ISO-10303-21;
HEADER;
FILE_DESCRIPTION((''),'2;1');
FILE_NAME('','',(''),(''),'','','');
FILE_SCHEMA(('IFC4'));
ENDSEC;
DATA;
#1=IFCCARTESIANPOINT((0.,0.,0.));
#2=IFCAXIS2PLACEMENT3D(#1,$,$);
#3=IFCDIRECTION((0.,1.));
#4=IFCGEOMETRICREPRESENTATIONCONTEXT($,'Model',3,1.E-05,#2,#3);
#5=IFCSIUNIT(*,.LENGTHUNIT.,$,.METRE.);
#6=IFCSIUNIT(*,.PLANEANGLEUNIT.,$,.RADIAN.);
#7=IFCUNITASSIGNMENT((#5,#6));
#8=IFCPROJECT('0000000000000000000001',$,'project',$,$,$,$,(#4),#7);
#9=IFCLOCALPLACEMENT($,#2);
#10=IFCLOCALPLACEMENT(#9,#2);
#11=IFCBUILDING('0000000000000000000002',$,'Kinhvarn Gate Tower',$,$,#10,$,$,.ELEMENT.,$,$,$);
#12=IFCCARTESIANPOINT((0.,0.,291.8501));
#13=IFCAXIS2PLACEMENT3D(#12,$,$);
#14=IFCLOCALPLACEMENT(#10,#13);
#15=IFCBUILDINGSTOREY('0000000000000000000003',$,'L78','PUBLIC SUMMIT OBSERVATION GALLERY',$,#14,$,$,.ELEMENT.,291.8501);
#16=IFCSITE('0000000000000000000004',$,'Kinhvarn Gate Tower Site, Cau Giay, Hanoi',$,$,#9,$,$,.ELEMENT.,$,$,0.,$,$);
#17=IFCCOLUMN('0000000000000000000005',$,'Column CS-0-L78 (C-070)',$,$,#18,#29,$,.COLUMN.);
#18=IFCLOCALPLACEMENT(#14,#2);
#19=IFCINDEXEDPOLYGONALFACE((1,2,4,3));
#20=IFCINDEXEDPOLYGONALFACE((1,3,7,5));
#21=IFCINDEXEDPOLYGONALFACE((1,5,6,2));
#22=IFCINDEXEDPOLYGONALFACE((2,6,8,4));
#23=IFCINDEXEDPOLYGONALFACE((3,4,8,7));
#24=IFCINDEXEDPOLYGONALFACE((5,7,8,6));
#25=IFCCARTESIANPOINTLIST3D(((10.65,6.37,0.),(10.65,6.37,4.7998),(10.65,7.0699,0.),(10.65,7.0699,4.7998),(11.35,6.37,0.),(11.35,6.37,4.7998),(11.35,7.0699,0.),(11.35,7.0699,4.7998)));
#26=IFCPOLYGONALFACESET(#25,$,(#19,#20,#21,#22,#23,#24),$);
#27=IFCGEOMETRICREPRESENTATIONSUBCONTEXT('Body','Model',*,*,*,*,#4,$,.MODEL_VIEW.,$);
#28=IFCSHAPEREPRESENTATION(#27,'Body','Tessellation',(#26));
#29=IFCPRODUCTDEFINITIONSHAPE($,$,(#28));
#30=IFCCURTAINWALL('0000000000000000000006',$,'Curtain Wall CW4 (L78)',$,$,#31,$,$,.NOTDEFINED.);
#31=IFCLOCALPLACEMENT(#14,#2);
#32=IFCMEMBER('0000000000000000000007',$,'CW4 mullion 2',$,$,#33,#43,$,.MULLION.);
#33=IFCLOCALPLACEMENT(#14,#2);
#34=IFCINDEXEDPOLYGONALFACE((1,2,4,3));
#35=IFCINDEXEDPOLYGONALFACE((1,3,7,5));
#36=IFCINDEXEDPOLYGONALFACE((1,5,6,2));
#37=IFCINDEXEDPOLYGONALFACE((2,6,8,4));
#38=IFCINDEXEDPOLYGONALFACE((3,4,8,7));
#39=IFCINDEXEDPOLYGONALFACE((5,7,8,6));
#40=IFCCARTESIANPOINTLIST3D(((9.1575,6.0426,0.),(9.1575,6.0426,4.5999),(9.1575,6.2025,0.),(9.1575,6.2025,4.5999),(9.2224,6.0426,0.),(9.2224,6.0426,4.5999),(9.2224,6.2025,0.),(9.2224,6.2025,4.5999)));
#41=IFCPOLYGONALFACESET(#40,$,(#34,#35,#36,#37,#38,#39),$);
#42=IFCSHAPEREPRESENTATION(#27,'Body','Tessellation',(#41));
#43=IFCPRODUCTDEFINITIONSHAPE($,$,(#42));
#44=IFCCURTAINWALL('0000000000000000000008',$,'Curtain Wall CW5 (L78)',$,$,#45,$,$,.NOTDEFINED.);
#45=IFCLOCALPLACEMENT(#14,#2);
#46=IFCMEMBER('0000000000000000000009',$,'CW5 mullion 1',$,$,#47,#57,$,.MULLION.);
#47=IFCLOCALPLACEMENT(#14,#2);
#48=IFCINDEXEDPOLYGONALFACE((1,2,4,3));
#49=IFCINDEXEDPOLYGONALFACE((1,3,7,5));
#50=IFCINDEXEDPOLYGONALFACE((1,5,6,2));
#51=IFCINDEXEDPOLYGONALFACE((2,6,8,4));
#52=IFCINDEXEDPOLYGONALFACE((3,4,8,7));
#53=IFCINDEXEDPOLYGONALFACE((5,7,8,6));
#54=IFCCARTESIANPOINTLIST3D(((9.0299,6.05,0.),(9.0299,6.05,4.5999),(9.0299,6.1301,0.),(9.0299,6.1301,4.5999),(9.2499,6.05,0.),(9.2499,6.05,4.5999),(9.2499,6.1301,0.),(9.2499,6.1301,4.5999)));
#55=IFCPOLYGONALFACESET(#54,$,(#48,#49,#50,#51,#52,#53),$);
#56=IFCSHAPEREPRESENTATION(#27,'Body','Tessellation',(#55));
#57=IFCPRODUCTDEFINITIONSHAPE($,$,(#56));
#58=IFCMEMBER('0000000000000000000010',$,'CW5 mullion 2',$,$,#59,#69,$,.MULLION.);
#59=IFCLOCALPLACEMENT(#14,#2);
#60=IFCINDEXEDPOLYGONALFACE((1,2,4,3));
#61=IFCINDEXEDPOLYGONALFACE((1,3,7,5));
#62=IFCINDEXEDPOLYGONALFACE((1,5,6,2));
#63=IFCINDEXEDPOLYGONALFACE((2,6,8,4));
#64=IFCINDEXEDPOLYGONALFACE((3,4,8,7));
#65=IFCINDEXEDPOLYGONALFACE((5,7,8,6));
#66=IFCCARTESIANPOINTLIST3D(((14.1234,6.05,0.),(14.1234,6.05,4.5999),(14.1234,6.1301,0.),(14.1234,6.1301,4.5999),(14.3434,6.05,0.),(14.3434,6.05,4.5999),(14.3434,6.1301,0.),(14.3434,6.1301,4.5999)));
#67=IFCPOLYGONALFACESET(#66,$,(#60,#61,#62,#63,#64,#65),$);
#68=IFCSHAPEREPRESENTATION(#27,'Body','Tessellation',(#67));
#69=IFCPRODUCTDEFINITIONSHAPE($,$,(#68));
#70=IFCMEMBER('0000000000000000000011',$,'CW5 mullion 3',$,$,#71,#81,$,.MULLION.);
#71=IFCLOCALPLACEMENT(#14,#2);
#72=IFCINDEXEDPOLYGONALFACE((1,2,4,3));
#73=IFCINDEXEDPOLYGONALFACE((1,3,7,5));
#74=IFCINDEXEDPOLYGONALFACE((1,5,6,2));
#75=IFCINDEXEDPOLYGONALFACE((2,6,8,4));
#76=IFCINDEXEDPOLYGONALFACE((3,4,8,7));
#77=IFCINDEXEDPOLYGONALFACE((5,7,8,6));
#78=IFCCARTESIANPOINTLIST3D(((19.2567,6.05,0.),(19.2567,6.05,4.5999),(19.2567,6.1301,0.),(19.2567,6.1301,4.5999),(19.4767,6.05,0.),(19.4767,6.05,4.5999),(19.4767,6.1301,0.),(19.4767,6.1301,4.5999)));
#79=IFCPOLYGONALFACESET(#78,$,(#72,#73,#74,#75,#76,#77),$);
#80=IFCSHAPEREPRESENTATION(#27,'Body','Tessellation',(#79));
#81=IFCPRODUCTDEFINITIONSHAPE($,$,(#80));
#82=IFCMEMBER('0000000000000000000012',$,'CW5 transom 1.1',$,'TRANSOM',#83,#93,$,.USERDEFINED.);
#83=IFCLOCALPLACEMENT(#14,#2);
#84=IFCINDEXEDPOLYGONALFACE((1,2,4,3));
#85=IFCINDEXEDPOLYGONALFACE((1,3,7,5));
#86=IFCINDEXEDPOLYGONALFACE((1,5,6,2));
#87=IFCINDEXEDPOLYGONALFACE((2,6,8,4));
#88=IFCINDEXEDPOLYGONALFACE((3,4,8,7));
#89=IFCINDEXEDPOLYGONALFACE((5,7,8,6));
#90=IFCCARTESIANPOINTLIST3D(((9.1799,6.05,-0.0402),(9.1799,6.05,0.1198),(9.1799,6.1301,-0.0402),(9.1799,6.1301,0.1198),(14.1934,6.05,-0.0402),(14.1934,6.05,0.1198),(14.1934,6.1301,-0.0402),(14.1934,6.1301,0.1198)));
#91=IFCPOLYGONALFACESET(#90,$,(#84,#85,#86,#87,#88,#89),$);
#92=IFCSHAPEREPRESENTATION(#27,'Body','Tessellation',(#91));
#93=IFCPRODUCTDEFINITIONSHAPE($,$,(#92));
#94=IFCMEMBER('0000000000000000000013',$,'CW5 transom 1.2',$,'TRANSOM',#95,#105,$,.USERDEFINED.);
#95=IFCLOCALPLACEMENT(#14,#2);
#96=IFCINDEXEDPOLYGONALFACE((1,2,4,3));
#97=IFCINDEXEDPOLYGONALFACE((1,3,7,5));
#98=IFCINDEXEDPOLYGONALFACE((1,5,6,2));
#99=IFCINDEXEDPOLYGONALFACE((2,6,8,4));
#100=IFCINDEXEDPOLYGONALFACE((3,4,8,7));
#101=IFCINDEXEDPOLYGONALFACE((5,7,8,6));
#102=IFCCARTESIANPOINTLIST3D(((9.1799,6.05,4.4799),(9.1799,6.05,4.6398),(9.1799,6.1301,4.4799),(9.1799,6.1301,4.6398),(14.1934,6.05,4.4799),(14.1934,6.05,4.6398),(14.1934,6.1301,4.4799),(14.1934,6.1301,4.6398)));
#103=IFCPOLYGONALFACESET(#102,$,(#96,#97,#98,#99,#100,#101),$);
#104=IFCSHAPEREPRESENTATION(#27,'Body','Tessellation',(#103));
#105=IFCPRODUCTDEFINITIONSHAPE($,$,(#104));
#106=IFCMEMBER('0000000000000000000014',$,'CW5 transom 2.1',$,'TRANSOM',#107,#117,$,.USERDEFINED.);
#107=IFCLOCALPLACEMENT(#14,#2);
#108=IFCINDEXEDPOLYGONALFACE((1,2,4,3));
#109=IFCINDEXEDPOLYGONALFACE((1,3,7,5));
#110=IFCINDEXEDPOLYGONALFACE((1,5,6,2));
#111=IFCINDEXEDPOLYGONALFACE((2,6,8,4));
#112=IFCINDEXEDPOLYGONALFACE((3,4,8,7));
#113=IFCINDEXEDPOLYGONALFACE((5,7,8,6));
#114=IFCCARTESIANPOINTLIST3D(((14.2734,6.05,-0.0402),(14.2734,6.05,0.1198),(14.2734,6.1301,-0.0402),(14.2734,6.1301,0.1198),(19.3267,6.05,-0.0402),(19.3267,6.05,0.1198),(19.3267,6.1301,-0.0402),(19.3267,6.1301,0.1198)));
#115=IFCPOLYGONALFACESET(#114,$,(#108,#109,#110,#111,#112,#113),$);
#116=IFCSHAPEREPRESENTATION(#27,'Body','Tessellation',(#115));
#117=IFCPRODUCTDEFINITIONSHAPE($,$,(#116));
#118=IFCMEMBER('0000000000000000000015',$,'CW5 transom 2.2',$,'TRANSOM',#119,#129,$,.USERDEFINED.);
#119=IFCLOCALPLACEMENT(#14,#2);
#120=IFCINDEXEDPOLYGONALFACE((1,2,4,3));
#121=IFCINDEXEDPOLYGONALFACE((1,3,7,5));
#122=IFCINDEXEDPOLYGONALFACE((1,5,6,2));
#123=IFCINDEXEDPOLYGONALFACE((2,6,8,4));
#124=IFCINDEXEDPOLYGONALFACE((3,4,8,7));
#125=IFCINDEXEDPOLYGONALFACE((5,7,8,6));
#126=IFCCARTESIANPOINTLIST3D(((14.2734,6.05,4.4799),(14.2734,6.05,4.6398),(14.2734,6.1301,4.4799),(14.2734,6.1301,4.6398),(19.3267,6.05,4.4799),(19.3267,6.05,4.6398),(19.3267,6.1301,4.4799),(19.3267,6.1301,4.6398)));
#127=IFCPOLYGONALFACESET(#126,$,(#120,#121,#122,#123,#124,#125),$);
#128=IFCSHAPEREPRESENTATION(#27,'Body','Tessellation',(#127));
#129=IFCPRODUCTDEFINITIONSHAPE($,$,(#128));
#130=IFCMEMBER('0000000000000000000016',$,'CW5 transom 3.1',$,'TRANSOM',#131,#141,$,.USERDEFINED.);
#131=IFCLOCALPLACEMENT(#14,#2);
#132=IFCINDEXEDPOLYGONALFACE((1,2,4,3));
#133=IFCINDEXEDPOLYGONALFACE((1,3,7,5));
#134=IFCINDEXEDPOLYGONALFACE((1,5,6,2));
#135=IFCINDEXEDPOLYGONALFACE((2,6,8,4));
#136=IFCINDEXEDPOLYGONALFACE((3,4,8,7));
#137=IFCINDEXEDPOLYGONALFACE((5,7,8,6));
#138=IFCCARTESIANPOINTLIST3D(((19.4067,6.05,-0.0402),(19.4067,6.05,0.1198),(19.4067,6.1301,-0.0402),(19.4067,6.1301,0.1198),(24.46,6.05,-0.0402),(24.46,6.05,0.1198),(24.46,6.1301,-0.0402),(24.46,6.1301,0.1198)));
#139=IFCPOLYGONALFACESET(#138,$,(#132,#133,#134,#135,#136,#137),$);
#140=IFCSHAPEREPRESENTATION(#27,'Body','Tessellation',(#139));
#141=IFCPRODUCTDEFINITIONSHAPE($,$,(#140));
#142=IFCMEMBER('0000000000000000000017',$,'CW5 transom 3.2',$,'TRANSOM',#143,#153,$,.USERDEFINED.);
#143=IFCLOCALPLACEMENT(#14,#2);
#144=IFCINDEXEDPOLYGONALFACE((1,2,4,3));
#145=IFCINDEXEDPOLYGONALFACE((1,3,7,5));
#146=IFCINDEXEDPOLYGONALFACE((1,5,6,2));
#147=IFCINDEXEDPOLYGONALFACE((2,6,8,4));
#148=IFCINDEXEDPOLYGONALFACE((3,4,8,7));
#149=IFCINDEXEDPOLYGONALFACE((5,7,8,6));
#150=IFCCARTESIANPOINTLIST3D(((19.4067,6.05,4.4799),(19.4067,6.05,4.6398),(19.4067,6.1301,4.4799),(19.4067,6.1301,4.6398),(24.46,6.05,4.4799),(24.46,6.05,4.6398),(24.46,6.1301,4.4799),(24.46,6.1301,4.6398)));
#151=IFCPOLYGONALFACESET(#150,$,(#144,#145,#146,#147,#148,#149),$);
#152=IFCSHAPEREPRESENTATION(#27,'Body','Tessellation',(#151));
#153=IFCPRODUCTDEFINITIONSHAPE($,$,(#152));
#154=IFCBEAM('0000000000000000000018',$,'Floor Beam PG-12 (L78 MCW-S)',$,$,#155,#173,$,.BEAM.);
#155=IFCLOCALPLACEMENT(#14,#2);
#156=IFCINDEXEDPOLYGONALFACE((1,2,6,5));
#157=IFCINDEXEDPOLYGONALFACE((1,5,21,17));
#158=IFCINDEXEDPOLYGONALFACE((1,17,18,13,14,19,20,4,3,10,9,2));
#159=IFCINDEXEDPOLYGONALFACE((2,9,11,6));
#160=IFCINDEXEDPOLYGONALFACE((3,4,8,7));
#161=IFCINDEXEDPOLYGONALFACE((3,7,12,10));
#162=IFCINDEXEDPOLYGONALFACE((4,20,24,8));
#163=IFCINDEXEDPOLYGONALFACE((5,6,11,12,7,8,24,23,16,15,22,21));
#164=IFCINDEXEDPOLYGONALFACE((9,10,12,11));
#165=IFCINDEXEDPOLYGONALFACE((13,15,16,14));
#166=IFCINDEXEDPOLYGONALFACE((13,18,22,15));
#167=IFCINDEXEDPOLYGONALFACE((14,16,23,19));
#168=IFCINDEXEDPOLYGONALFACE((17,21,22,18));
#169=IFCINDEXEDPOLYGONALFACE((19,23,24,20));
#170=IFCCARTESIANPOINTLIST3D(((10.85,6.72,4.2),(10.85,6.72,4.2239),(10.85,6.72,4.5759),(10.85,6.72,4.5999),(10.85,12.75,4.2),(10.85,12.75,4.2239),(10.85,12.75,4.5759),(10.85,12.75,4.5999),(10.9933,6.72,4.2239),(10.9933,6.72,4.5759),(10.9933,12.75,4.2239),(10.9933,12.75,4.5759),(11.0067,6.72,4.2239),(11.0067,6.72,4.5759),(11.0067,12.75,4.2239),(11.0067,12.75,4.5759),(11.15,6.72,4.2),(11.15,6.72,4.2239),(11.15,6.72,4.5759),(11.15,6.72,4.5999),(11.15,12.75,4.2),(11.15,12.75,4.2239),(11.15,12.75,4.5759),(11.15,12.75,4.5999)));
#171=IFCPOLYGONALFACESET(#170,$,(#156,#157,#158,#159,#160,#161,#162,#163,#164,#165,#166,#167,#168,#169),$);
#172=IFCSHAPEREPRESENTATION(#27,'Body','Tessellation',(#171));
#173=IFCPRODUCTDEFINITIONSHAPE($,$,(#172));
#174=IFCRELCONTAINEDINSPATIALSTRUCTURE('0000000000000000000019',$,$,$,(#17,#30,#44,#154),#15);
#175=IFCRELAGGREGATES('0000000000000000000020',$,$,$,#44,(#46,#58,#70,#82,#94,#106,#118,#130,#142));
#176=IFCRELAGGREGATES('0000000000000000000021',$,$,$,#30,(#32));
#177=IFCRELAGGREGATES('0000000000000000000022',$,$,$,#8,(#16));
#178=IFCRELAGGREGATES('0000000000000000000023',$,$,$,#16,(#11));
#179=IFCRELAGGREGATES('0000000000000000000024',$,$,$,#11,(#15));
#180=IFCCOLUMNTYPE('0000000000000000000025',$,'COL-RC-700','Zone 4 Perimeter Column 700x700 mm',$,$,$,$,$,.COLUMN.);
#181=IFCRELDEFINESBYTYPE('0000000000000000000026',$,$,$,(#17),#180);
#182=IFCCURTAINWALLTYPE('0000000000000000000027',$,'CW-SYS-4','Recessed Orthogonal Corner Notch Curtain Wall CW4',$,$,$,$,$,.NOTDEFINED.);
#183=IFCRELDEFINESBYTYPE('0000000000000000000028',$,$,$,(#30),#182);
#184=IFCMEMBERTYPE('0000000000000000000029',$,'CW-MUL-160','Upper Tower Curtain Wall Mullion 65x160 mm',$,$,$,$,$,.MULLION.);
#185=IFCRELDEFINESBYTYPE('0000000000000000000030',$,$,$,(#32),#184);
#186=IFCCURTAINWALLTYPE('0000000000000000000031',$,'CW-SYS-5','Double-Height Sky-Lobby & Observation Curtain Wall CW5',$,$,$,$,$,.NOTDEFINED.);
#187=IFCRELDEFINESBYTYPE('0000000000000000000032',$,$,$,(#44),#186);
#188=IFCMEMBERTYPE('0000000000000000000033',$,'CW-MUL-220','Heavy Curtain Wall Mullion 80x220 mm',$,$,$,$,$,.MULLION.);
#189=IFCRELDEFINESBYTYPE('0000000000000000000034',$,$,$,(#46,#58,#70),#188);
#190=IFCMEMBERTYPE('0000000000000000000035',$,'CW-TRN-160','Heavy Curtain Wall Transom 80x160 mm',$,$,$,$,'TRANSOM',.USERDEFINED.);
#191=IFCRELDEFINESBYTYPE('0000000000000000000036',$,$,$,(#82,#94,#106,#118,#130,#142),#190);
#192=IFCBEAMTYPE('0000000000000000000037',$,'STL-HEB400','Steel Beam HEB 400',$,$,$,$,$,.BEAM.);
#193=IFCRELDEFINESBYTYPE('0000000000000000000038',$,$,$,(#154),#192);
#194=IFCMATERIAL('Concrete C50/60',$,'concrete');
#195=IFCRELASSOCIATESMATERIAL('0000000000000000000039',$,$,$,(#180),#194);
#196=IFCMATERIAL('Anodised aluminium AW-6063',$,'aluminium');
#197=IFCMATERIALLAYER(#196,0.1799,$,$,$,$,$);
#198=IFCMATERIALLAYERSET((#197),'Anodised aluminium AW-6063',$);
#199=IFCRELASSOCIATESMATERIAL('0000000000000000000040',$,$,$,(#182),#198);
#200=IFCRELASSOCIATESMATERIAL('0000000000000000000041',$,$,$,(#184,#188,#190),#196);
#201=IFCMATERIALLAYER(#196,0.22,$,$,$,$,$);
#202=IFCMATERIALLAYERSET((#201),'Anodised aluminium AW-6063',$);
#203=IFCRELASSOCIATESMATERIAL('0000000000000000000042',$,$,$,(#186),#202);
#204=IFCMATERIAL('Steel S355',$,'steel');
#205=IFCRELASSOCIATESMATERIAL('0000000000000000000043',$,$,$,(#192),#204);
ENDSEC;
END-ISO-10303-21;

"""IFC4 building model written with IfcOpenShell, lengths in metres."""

from ifc_helpers import new_model, si_unit, direction, frame, origin, origin_2d, place, context, subcontext, project, spatial, rectangle, i_section, extrude, material, layer, layer_set, material_profile, profile_set, type_object, element, aggregate, save


model = new_model("IFC4")

# Units and contexts
model_context = context("Model", 3, precision=1e-05, world=origin(), true_north=direction((0.0, 1.0)))
body_context = subcontext(model_context, "Body", "Model", "MODEL_VIEW")
ifc_project = project(units=[si_unit("LENGTHUNIT", "METRE"), si_unit("PLANEANGLEUNIT", "RADIAN")], contexts=[model_context])

# Site, building, storey
site_placement = place(None, origin())
site = spatial("IfcSite", under=ifc_project, at=site_placement, Name="Kinhvarn Gate Tower Site, Cau Giay, Hanoi", CompositionType="ELEMENT", RefElevation=0.0)
building_placement = place(site_placement, origin())
building = spatial("IfcBuilding", under=site, at=building_placement, Name="Kinhvarn Gate Tower", CompositionType="ELEMENT")
storey_placement = place(building_placement, frame((0.0, 0.0, 291.8501)))
storey = spatial("IfcBuildingStorey", under=building, at=storey_placement, Name="L78", Description="PUBLIC SUMMIT OBSERVATION GALLERY", CompositionType="ELEMENT", Elevation=291.8501)

# Column
ifc_material_1 = material(Name="Concrete C50/60", Category="concrete")
ifc_material_profile_1 = material_profile(ifc_material_1, rectangle(XDim=0.7, YDim=0.7, at=origin_2d()), Name="RC 700x700")
ifc_profile_set_1 = profile_set([ifc_material_profile_1], Name="Concrete C50/60")
column_type = type_object("IfcColumnType", Name="COL-RC-700", Description="Zone 4 Perimeter Column 700x700 mm", PredefinedType="COLUMN", material=ifc_profile_set_1)
column_placement = place(storey_placement, frame((11.0, 6.72, 0.0), z_axis=(0.0, 0.0, 1.0), x_axis=(1.0, 0.0, 0.0)))
element("IfcColumn", 1, at=column_placement, inside=storey, type_object=column_type, Name="Column CS-0-L78 (C-070)", PredefinedType="COLUMN", context=body_context, shape_type="SweptSolid", body=[
    extrude(rectangle(XDim=0.7, YDim=0.7, at=origin_2d()), origin(), (0.0, 0.0, 1.0), 4.7998),
])

# Curtain wall, member
ifc_material_2 = material(Name="Anodised aluminium AW-6063", Category="aluminium")
ifc_layer_1 = layer(ifc_material_2, 0.1799)
ifc_layer_set_1 = layer_set([ifc_layer_1], Name="Anodised aluminium AW-6063")
curtain_wall_type_1 = type_object("IfcCurtainWallType", Name="CW-SYS-4", Description="Recessed Orthogonal Corner Notch Curtain Wall CW4", PredefinedType="NOTDEFINED", material=ifc_layer_set_1)
curtain_wall_1_placement = place(storey_placement, origin())
curtain_wall_1 = element("IfcCurtainWall", 2, at=curtain_wall_1_placement, inside=storey, type_object=curtain_wall_type_1, Name="Curtain Wall CW4 (L78)", PredefinedType="NOTDEFINED")
ifc_material_profile_2 = material_profile(ifc_material_2, rectangle(XDim=0.0649, YDim=0.1599, at=origin_2d()), Name="ALU 65x160")
ifc_profile_set_2 = profile_set([ifc_material_profile_2], Name="Anodised aluminium AW-6063")
member_type_1 = type_object("IfcMemberType", Name="CW-MUL-160", Description="Upper Tower Curtain Wall Mullion 65x160 mm", PredefinedType="MULLION", material=ifc_profile_set_2)
member_1_placement = place(storey_placement, frame((9.1899, 6.1226, 0.0), z_axis=(0.0, 0.0, 1.0), x_axis=(1.0, 0.0, 0.0)))
member_1 = element("IfcMember", 3, at=member_1_placement, type_object=member_type_1, Name="CW4 mullion 2", PredefinedType="MULLION", context=body_context, shape_type="SweptSolid", body=[
    extrude(rectangle(XDim=0.0649, YDim=0.1599, at=origin_2d()), origin(), (0.0, 0.0, 1.0), 4.5999),
])

# Curtain wall, members
ifc_layer_2 = layer(ifc_material_2, 0.22)
ifc_layer_set_2 = layer_set([ifc_layer_2], Name="Anodised aluminium AW-6063")
curtain_wall_type_2 = type_object("IfcCurtainWallType", Name="CW-SYS-5", Description="Double-Height Sky-Lobby & Observation Curtain Wall CW5", PredefinedType="NOTDEFINED", material=ifc_layer_set_2)
curtain_wall_2_placement = place(storey_placement, origin())
curtain_wall_2 = element("IfcCurtainWall", 4, at=curtain_wall_2_placement, inside=storey, type_object=curtain_wall_type_2, Name="Curtain Wall CW5 (L78)", PredefinedType="NOTDEFINED")
ifc_material_profile_3 = material_profile(ifc_material_2, rectangle(XDim=0.0801, YDim=0.22, at=origin_2d()), Name="ALU 80x220")
ifc_profile_set_3 = profile_set([ifc_material_profile_3], Name="Anodised aluminium AW-6063")
member_type_2 = type_object("IfcMemberType", Name="CW-MUL-220", Description="Heavy Curtain Wall Mullion 80x220 mm", PredefinedType="MULLION", material=ifc_profile_set_3)
member_2_placement = place(storey_placement, frame((9.1399, 6.0901, 0.0), z_axis=(0.0, 0.0, 1.0), x_axis=(0.0, 1.0, 0.0)))
member_2 = element("IfcMember", 5, at=member_2_placement, type_object=member_type_2, Name="CW5 mullion 1", PredefinedType="MULLION", context=body_context, shape_type="SweptSolid", body=[
    extrude(rectangle(XDim=0.0801, YDim=0.22, at=origin_2d()), origin(), (0.0, 0.0, 1.0), 4.5999),
])
member_3_placement = place(storey_placement, frame((14.2334, 6.0901, 0.0), z_axis=(0.0, 0.0, 1.0), x_axis=(0.0, 1.0, 0.0)))
member_3 = element("IfcMember", 6, at=member_3_placement, type_object=member_type_2, Name="CW5 mullion 2", PredefinedType="MULLION", context=body_context, shape_type="SweptSolid", body=[
    extrude(rectangle(XDim=0.0801, YDim=0.22, at=origin_2d()), origin(), (0.0, 0.0, 1.0), 4.5999),
])
member_4_placement = place(storey_placement, frame((19.3667, 6.0901, 0.0), z_axis=(0.0, 0.0, 1.0), x_axis=(0.0, 1.0, 0.0)))
member_4 = element("IfcMember", 7, at=member_4_placement, type_object=member_type_2, Name="CW5 mullion 3", PredefinedType="MULLION", context=body_context, shape_type="SweptSolid", body=[
    extrude(rectangle(XDim=0.0801, YDim=0.22, at=origin_2d()), origin(), (0.0, 0.0, 1.0), 4.5999),
])
ifc_material_profile_4 = material_profile(ifc_material_2, rectangle(XDim=0.0801, YDim=0.1599, at=origin_2d()), Name="ALU 80x160")
ifc_profile_set_4 = profile_set([ifc_material_profile_4], Name="Anodised aluminium AW-6063")
member_type_3 = type_object("IfcMemberType", Name="CW-TRN-160", Description="Heavy Curtain Wall Transom 80x160 mm", ElementType="TRANSOM", PredefinedType="USERDEFINED", material=ifc_profile_set_4)
member_5_placement = place(storey_placement, frame((9.1799, 6.0901, 0.0398), z_axis=(1.0, 0.0, 0.0), x_axis=(0.0, 1.0, 0.0)))
member_5 = element("IfcMember", 8, at=member_5_placement, type_object=member_type_3, Name="CW5 transom 1.1", ObjectType="TRANSOM", PredefinedType="USERDEFINED", context=body_context, shape_type="SweptSolid", body=[
    extrude(rectangle(XDim=0.0801, YDim=0.1599, at=origin_2d()), origin(), (0.0, 0.0, 1.0), 5.0134),
])
member_6_placement = place(storey_placement, frame((9.1799, 6.0901, 4.5598), z_axis=(1.0, 0.0, 0.0), x_axis=(0.0, 1.0, 0.0)))
member_6 = element("IfcMember", 9, at=member_6_placement, type_object=member_type_3, Name="CW5 transom 1.2", ObjectType="TRANSOM", PredefinedType="USERDEFINED", context=body_context, shape_type="SweptSolid", body=[
    extrude(rectangle(XDim=0.0801, YDim=0.1599, at=origin_2d()), origin(), (0.0, 0.0, 1.0), 5.0134),
])
member_7_placement = place(storey_placement, frame((14.2734, 6.0901, 0.0398), z_axis=(1.0, 0.0, 0.0), x_axis=(0.0, 1.0, 0.0)))
member_7 = element("IfcMember", 10, at=member_7_placement, type_object=member_type_3, Name="CW5 transom 2.1", ObjectType="TRANSOM", PredefinedType="USERDEFINED", context=body_context, shape_type="SweptSolid", body=[
    extrude(rectangle(XDim=0.0801, YDim=0.1599, at=origin_2d()), origin(), (0.0, 0.0, 1.0), 5.0532),
])
member_8_placement = place(storey_placement, frame((14.2734, 6.0901, 4.5598), z_axis=(1.0, 0.0, 0.0), x_axis=(0.0, 1.0, 0.0)))
member_8 = element("IfcMember", 11, at=member_8_placement, type_object=member_type_3, Name="CW5 transom 2.2", ObjectType="TRANSOM", PredefinedType="USERDEFINED", context=body_context, shape_type="SweptSolid", body=[
    extrude(rectangle(XDim=0.0801, YDim=0.1599, at=origin_2d()), origin(), (0.0, 0.0, 1.0), 5.0532),
])
member_9_placement = place(storey_placement, frame((19.4067, 6.0901, 0.0398), z_axis=(1.0, 0.0, 0.0), x_axis=(0.0, 1.0, 0.0)))
member_9 = element("IfcMember", 12, at=member_9_placement, type_object=member_type_3, Name="CW5 transom 3.1", ObjectType="TRANSOM", PredefinedType="USERDEFINED", context=body_context, shape_type="SweptSolid", body=[
    extrude(rectangle(XDim=0.0801, YDim=0.1599, at=origin_2d()), origin(), (0.0, 0.0, 1.0), 5.0532),
])
member_10_placement = place(storey_placement, frame((19.4067, 6.0901, 4.5598), z_axis=(1.0, 0.0, 0.0), x_axis=(0.0, 1.0, 0.0)))
member_10 = element("IfcMember", 13, at=member_10_placement, type_object=member_type_3, Name="CW5 transom 3.2", ObjectType="TRANSOM", PredefinedType="USERDEFINED", context=body_context, shape_type="SweptSolid", body=[
    extrude(rectangle(XDim=0.0801, YDim=0.1599, at=origin_2d()), origin(), (0.0, 0.0, 1.0), 5.0532),
])

# Beam
ifc_material_3 = material(Name="Steel S355", Category="steel")
ifc_material_profile_5 = material_profile(ifc_material_3, i_section(OverallWidth=0.3, OverallDepth=0.3999, WebThickness=0.0134, FlangeThickness=0.0239, at=origin_2d()), Name="HEB 400")
ifc_profile_set_5 = profile_set([ifc_material_profile_5], Name="Steel S355")
beam_type_1 = type_object("IfcBeamType", Name="STL-HEB400", Description="Steel Beam HEB 400", PredefinedType="BEAM", material=ifc_profile_set_5)
beam_1_placement = place(storey_placement, frame((11.0, 6.72, 4.3999), z_axis=(0.0, 1.0, 0.0), x_axis=(-1.0, 0.0, 0.0)))
element("IfcBeam", 14, at=beam_1_placement, inside=storey, type_object=beam_type_1, Name="Floor Beam PG-12 (L78 MCW-S)", PredefinedType="BEAM", context=body_context, shape_type="SweptSolid", body=[
    extrude(i_section(OverallWidth=0.3, OverallDepth=0.3999, WebThickness=0.0134, FlangeThickness=0.0239, at=origin_2d()), origin(), (0.0, 0.0, 1.0), 6.03),
])

aggregate(curtain_wall_2, [member_2, member_3, member_4, member_5, member_6, member_7, member_8, member_9, member_10])
aggregate(curtain_wall_1, [member_1])

save(model, "model.ifc")
